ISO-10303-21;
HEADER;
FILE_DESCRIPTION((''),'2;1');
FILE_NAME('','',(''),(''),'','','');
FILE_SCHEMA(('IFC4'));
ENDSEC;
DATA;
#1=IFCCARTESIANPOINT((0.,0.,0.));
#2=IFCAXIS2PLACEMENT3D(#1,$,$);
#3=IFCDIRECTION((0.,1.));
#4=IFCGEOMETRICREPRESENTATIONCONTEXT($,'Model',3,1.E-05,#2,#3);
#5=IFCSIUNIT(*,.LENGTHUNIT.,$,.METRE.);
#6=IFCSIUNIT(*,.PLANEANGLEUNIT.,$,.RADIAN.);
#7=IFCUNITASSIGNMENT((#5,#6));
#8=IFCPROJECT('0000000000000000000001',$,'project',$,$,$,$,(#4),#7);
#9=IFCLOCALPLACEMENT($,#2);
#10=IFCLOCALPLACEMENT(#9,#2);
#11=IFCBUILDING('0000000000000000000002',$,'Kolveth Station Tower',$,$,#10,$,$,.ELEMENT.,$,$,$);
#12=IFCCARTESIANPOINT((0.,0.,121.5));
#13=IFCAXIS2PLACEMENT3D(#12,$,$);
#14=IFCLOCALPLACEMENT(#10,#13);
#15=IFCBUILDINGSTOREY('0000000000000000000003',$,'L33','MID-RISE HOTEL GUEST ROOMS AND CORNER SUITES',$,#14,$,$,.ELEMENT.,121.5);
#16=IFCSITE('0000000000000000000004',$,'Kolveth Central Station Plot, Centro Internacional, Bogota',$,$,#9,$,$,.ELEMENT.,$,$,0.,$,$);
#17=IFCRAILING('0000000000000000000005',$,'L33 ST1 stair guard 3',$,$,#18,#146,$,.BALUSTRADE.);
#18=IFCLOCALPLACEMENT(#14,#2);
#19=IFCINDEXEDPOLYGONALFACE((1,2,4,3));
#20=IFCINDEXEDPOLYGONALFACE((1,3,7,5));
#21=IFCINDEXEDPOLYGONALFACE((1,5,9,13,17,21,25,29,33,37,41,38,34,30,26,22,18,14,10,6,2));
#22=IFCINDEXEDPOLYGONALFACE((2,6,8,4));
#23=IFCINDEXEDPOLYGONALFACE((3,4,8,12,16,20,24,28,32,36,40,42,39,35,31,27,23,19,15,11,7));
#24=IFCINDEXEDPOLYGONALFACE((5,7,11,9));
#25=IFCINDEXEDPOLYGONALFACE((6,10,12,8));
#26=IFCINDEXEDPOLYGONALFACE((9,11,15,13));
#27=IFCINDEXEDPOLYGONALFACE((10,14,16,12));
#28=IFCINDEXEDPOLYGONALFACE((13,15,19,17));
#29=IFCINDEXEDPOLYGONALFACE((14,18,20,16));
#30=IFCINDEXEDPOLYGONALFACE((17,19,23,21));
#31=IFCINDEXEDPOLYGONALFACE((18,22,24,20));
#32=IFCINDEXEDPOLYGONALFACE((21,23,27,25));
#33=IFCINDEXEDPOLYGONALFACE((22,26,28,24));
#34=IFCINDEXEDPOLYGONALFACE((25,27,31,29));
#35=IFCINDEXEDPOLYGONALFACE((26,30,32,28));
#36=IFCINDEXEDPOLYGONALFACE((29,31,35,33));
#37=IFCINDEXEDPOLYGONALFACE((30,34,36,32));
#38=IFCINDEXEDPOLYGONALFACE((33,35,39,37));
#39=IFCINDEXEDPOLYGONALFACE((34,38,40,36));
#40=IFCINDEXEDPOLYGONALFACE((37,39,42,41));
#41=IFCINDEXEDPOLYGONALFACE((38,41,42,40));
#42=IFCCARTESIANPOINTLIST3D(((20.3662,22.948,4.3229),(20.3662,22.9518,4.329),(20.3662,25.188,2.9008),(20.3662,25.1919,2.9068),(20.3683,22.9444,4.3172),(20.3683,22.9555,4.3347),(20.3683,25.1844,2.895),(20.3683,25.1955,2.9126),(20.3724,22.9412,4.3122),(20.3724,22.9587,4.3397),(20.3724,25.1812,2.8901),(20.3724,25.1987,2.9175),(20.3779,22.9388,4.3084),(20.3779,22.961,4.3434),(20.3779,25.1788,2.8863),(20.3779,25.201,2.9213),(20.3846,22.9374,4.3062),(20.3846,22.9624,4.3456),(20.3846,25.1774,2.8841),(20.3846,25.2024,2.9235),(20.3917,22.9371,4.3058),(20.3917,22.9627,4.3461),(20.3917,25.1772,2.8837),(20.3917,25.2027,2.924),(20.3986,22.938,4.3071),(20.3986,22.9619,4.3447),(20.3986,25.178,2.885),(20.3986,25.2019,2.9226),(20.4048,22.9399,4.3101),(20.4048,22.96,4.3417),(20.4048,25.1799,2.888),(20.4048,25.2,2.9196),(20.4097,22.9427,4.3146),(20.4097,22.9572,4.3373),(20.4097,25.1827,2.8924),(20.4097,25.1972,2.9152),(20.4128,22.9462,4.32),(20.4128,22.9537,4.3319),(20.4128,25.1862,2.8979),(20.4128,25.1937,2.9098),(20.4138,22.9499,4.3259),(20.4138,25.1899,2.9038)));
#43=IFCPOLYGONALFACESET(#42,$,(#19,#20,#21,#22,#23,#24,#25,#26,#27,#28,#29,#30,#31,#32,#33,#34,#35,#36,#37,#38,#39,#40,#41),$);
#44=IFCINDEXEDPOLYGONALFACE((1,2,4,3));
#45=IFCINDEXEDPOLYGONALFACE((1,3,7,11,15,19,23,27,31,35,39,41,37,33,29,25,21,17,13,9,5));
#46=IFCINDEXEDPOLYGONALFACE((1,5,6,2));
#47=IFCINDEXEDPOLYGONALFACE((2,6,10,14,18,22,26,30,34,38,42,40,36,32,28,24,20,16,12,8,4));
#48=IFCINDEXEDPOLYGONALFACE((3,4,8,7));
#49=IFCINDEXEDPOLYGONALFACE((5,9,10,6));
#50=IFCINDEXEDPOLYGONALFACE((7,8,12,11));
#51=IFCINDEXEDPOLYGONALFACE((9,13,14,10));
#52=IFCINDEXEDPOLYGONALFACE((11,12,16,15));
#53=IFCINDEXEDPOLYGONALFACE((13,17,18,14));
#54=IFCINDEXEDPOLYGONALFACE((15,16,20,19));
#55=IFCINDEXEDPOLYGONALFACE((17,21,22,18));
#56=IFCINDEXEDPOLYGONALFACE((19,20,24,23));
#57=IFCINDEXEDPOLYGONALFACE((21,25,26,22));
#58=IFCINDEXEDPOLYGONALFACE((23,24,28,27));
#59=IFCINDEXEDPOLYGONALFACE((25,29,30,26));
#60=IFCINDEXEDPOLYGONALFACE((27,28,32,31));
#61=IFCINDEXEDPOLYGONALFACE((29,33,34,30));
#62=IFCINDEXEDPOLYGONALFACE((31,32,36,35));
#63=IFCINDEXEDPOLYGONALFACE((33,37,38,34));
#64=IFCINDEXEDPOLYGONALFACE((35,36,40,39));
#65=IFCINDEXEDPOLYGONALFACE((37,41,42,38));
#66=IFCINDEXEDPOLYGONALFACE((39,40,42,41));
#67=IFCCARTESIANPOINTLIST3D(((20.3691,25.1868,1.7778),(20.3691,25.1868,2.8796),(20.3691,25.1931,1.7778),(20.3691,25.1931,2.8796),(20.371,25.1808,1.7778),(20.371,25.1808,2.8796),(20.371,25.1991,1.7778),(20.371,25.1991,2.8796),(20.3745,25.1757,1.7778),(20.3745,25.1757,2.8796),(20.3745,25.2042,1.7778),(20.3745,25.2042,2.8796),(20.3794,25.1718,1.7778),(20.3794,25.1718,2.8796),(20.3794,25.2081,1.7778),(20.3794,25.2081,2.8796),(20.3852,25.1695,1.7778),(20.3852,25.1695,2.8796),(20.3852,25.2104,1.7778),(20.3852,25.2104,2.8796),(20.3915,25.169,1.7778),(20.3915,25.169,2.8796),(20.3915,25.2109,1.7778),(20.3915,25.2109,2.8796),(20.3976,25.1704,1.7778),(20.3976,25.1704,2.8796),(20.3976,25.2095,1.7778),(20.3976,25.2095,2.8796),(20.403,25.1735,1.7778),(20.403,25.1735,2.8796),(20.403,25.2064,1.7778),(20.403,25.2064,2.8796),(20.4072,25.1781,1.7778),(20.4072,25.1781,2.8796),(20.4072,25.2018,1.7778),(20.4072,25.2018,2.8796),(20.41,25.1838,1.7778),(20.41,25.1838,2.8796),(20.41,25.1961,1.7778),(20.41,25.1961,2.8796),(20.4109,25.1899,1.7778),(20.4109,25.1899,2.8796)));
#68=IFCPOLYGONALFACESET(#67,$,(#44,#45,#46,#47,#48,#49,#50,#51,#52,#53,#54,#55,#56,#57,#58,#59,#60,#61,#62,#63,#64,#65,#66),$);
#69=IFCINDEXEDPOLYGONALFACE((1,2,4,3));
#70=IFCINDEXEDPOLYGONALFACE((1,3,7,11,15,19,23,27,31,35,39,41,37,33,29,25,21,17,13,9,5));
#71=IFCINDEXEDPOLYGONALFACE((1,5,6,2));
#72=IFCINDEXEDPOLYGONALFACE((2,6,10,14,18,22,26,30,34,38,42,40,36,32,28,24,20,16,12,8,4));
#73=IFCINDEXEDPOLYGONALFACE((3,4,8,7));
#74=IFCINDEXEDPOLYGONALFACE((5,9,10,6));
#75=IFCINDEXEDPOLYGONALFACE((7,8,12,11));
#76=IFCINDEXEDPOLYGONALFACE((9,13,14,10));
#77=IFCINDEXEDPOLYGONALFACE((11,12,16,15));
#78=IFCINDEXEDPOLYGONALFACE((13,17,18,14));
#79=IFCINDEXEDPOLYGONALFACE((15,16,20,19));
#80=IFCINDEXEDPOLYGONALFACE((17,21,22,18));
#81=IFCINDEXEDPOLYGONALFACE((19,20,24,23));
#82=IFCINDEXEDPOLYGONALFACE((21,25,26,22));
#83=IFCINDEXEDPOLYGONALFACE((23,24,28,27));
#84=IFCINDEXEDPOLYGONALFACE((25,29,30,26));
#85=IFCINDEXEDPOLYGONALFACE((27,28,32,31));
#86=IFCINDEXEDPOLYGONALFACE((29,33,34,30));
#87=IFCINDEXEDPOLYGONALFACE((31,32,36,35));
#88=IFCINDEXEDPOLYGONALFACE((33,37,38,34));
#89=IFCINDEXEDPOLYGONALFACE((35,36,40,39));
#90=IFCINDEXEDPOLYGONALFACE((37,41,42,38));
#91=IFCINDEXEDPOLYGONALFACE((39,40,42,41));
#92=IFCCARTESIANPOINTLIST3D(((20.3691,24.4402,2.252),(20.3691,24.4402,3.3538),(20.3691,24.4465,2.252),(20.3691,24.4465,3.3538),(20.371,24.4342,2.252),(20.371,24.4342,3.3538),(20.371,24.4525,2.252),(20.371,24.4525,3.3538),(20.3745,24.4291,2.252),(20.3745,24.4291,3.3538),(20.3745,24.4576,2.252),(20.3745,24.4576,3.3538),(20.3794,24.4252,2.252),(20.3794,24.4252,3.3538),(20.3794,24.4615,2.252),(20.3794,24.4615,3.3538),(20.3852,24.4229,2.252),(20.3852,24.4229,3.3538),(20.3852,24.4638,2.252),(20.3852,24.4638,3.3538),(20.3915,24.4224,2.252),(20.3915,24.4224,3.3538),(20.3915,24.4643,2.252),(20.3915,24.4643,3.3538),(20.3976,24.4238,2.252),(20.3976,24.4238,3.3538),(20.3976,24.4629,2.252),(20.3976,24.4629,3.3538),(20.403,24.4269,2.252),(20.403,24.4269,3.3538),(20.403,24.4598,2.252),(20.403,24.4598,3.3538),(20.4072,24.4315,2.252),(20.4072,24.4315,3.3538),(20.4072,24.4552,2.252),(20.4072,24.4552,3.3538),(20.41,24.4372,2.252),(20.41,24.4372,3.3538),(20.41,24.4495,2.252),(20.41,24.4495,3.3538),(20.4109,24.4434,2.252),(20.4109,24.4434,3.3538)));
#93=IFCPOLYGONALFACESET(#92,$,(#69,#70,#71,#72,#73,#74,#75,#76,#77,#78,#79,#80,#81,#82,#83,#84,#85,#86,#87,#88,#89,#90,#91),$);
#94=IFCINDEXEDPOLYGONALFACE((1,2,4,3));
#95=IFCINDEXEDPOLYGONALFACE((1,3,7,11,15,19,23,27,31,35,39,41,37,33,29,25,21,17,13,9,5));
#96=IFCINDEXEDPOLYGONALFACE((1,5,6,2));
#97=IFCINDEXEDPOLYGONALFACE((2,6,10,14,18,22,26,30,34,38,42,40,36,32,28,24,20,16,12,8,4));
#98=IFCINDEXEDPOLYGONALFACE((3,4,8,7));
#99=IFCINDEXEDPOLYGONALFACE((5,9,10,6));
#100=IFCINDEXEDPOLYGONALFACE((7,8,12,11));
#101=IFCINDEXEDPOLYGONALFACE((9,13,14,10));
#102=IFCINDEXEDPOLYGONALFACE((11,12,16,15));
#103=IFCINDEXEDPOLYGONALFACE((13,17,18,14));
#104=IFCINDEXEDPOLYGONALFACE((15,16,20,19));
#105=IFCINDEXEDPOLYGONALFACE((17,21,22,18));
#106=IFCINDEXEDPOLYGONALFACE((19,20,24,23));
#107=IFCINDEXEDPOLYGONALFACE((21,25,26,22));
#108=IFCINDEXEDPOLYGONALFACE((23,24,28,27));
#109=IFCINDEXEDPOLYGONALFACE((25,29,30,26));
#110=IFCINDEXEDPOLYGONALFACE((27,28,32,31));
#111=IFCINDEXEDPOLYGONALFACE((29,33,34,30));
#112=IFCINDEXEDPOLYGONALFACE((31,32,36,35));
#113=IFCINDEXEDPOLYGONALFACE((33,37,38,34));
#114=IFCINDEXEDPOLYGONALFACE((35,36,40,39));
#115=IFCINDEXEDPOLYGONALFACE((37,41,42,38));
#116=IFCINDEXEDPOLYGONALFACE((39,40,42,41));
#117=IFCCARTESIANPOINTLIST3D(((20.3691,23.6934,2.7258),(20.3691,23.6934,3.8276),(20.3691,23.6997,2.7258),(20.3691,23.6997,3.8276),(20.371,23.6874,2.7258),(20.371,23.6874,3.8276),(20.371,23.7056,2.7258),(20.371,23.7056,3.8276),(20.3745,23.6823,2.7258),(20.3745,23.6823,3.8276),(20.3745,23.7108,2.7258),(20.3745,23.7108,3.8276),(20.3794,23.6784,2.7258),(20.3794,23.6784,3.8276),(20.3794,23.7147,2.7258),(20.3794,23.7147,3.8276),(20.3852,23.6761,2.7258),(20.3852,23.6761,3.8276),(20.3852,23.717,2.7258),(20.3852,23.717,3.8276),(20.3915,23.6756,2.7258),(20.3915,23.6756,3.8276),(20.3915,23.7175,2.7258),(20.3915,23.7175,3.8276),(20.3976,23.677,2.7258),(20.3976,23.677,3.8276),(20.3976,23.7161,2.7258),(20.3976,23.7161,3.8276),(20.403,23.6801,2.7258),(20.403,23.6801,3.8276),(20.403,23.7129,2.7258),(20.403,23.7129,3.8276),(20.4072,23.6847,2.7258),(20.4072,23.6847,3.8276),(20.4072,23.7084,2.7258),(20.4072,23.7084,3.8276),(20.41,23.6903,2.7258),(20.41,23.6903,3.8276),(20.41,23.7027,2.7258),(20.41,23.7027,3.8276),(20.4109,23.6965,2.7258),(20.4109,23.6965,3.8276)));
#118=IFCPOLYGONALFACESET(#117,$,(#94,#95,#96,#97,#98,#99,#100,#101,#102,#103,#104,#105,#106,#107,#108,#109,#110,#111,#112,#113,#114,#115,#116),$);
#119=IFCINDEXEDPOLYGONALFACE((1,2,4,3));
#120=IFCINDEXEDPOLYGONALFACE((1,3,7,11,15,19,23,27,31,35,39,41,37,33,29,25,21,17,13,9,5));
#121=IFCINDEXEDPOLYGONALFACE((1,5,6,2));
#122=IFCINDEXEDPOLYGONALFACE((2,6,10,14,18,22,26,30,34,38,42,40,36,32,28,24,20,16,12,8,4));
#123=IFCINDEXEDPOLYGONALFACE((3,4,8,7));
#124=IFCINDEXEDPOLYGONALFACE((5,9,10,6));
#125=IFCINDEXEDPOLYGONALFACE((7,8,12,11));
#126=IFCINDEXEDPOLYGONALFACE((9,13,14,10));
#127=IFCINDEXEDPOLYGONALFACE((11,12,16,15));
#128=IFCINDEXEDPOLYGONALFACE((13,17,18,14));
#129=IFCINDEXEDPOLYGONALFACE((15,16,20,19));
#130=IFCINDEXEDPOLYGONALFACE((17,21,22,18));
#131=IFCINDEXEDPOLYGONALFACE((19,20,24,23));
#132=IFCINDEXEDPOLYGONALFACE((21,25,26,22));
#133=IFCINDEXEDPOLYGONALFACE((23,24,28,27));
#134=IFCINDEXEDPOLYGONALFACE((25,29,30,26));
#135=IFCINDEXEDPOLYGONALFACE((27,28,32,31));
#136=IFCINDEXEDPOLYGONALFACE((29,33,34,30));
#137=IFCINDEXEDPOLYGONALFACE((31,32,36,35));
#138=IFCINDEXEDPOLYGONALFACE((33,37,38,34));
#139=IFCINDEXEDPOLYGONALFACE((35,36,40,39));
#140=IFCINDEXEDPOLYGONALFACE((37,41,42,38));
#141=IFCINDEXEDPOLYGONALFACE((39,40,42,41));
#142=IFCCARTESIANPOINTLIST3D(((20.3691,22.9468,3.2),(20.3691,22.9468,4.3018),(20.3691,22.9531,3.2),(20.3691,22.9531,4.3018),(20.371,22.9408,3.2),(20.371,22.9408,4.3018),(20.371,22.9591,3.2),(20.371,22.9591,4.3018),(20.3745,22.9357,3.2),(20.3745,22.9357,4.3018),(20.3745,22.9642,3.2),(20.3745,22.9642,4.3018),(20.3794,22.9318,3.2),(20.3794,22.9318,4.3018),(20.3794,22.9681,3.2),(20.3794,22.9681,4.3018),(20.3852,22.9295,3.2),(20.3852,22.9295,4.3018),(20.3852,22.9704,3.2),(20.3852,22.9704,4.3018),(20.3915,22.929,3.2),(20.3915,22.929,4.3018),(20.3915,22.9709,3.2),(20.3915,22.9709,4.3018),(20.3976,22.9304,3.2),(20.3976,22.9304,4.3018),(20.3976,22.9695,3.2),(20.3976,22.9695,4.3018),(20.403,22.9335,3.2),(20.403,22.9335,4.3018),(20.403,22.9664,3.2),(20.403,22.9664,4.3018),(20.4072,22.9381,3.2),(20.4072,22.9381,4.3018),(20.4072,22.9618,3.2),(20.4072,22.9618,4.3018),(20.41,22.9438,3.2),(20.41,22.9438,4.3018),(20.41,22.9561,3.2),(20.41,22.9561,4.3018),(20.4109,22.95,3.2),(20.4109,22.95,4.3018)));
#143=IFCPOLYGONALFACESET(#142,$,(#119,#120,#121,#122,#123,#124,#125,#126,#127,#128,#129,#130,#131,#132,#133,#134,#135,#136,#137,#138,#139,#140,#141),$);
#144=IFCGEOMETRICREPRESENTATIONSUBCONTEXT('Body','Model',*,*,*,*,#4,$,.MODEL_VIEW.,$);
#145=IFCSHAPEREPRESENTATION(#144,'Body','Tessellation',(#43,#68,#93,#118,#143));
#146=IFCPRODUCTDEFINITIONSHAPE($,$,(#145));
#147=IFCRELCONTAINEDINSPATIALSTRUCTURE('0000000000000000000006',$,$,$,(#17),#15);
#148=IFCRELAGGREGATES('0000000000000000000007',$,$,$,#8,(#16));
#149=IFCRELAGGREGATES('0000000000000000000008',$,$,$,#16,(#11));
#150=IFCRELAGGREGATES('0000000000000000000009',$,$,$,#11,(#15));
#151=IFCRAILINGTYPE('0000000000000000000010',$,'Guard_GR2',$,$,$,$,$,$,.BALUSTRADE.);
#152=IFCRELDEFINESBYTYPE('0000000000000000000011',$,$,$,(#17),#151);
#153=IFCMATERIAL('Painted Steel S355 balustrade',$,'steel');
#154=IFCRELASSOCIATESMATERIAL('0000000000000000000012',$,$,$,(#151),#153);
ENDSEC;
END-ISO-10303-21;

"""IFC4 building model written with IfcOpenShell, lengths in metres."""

from ifc_helpers import new_model, si_unit, direction, frame, origin, origin_2d, place, context, subcontext, project, spatial, circle, extrude, material, type_object, element, save


model = new_model("IFC4")

# Units and contexts
model_context = context("Model", 3, precision=1e-05, world=origin(), true_north=direction((0.0, 1.0)))
body_context = subcontext(model_context, "Body", "Model", "MODEL_VIEW")
ifc_project = project(units=[si_unit("LENGTHUNIT", "METRE"), si_unit("PLANEANGLEUNIT", "RADIAN")], contexts=[model_context])

# Site, building, storey
site_placement = place(None, origin())
site = spatial("IfcSite", under=ifc_project, at=site_placement, Name="Kolveth Central Station Plot, Centro Internacional, Bogota", CompositionType="ELEMENT", RefElevation=0.0)
building_placement = place(site_placement, origin())
building = spatial("IfcBuilding", under=site, at=building_placement, Name="Kolveth Station Tower", CompositionType="ELEMENT")
storey_placement = place(building_placement, frame((0.0, 0.0, 121.5)))
storey = spatial("IfcBuildingStorey", under=building, at=storey_placement, Name="L33", Description="MID-RISE HOTEL GUEST ROOMS AND CORNER SUITES", CompositionType="ELEMENT", Elevation=121.5)

# Railing
ifc_material_1 = material(Name="Painted Steel S355 balustrade", Category="steel")
railing_type_1 = type_object("IfcRailingType", Name="Guard_GR2", PredefinedType="BALUSTRADE", material=ifc_material_1)
railing_1_placement = place(storey_placement, frame((20.3899, 25.1899, 1.7778)))
element("IfcRailing", 1, at=railing_1_placement, inside=storey, type_object=railing_type_1, Name="L33 ST1 stair guard 3", PredefinedType="BALUSTRADE", context=body_context, shape_type="SweptSolid", body=[
    extrude(circle(Radius=0.0239, at=origin_2d()), frame((0.0, 0.0, 1.126), z_axis=(0.0, -0.844229, 0.535982), x_axis=(1.0, 0.0, 0.0)), (0.0, 0.0, 1.0), 2.6533),
    extrude(circle(Radius=0.021, at=origin_2d()), origin(), (0.0, 0.0, 1.0), 1.1018),
    extrude(circle(Radius=0.021, at=origin_2d()), frame((0.0, -0.7466, 0.4741)), (0.0, 0.0, 1.0), 1.1018),
    extrude(circle(Radius=0.021, at=origin_2d()), frame((0.0, -1.4934, 0.948)), (0.0, 0.0, 1.0), 1.1018),
    extrude(circle(Radius=0.021, at=origin_2d()), frame((0.0, -2.24, 1.4221)), (0.0, 0.0, 1.0), 1.1018),
])

save(model, "model.ifc")
